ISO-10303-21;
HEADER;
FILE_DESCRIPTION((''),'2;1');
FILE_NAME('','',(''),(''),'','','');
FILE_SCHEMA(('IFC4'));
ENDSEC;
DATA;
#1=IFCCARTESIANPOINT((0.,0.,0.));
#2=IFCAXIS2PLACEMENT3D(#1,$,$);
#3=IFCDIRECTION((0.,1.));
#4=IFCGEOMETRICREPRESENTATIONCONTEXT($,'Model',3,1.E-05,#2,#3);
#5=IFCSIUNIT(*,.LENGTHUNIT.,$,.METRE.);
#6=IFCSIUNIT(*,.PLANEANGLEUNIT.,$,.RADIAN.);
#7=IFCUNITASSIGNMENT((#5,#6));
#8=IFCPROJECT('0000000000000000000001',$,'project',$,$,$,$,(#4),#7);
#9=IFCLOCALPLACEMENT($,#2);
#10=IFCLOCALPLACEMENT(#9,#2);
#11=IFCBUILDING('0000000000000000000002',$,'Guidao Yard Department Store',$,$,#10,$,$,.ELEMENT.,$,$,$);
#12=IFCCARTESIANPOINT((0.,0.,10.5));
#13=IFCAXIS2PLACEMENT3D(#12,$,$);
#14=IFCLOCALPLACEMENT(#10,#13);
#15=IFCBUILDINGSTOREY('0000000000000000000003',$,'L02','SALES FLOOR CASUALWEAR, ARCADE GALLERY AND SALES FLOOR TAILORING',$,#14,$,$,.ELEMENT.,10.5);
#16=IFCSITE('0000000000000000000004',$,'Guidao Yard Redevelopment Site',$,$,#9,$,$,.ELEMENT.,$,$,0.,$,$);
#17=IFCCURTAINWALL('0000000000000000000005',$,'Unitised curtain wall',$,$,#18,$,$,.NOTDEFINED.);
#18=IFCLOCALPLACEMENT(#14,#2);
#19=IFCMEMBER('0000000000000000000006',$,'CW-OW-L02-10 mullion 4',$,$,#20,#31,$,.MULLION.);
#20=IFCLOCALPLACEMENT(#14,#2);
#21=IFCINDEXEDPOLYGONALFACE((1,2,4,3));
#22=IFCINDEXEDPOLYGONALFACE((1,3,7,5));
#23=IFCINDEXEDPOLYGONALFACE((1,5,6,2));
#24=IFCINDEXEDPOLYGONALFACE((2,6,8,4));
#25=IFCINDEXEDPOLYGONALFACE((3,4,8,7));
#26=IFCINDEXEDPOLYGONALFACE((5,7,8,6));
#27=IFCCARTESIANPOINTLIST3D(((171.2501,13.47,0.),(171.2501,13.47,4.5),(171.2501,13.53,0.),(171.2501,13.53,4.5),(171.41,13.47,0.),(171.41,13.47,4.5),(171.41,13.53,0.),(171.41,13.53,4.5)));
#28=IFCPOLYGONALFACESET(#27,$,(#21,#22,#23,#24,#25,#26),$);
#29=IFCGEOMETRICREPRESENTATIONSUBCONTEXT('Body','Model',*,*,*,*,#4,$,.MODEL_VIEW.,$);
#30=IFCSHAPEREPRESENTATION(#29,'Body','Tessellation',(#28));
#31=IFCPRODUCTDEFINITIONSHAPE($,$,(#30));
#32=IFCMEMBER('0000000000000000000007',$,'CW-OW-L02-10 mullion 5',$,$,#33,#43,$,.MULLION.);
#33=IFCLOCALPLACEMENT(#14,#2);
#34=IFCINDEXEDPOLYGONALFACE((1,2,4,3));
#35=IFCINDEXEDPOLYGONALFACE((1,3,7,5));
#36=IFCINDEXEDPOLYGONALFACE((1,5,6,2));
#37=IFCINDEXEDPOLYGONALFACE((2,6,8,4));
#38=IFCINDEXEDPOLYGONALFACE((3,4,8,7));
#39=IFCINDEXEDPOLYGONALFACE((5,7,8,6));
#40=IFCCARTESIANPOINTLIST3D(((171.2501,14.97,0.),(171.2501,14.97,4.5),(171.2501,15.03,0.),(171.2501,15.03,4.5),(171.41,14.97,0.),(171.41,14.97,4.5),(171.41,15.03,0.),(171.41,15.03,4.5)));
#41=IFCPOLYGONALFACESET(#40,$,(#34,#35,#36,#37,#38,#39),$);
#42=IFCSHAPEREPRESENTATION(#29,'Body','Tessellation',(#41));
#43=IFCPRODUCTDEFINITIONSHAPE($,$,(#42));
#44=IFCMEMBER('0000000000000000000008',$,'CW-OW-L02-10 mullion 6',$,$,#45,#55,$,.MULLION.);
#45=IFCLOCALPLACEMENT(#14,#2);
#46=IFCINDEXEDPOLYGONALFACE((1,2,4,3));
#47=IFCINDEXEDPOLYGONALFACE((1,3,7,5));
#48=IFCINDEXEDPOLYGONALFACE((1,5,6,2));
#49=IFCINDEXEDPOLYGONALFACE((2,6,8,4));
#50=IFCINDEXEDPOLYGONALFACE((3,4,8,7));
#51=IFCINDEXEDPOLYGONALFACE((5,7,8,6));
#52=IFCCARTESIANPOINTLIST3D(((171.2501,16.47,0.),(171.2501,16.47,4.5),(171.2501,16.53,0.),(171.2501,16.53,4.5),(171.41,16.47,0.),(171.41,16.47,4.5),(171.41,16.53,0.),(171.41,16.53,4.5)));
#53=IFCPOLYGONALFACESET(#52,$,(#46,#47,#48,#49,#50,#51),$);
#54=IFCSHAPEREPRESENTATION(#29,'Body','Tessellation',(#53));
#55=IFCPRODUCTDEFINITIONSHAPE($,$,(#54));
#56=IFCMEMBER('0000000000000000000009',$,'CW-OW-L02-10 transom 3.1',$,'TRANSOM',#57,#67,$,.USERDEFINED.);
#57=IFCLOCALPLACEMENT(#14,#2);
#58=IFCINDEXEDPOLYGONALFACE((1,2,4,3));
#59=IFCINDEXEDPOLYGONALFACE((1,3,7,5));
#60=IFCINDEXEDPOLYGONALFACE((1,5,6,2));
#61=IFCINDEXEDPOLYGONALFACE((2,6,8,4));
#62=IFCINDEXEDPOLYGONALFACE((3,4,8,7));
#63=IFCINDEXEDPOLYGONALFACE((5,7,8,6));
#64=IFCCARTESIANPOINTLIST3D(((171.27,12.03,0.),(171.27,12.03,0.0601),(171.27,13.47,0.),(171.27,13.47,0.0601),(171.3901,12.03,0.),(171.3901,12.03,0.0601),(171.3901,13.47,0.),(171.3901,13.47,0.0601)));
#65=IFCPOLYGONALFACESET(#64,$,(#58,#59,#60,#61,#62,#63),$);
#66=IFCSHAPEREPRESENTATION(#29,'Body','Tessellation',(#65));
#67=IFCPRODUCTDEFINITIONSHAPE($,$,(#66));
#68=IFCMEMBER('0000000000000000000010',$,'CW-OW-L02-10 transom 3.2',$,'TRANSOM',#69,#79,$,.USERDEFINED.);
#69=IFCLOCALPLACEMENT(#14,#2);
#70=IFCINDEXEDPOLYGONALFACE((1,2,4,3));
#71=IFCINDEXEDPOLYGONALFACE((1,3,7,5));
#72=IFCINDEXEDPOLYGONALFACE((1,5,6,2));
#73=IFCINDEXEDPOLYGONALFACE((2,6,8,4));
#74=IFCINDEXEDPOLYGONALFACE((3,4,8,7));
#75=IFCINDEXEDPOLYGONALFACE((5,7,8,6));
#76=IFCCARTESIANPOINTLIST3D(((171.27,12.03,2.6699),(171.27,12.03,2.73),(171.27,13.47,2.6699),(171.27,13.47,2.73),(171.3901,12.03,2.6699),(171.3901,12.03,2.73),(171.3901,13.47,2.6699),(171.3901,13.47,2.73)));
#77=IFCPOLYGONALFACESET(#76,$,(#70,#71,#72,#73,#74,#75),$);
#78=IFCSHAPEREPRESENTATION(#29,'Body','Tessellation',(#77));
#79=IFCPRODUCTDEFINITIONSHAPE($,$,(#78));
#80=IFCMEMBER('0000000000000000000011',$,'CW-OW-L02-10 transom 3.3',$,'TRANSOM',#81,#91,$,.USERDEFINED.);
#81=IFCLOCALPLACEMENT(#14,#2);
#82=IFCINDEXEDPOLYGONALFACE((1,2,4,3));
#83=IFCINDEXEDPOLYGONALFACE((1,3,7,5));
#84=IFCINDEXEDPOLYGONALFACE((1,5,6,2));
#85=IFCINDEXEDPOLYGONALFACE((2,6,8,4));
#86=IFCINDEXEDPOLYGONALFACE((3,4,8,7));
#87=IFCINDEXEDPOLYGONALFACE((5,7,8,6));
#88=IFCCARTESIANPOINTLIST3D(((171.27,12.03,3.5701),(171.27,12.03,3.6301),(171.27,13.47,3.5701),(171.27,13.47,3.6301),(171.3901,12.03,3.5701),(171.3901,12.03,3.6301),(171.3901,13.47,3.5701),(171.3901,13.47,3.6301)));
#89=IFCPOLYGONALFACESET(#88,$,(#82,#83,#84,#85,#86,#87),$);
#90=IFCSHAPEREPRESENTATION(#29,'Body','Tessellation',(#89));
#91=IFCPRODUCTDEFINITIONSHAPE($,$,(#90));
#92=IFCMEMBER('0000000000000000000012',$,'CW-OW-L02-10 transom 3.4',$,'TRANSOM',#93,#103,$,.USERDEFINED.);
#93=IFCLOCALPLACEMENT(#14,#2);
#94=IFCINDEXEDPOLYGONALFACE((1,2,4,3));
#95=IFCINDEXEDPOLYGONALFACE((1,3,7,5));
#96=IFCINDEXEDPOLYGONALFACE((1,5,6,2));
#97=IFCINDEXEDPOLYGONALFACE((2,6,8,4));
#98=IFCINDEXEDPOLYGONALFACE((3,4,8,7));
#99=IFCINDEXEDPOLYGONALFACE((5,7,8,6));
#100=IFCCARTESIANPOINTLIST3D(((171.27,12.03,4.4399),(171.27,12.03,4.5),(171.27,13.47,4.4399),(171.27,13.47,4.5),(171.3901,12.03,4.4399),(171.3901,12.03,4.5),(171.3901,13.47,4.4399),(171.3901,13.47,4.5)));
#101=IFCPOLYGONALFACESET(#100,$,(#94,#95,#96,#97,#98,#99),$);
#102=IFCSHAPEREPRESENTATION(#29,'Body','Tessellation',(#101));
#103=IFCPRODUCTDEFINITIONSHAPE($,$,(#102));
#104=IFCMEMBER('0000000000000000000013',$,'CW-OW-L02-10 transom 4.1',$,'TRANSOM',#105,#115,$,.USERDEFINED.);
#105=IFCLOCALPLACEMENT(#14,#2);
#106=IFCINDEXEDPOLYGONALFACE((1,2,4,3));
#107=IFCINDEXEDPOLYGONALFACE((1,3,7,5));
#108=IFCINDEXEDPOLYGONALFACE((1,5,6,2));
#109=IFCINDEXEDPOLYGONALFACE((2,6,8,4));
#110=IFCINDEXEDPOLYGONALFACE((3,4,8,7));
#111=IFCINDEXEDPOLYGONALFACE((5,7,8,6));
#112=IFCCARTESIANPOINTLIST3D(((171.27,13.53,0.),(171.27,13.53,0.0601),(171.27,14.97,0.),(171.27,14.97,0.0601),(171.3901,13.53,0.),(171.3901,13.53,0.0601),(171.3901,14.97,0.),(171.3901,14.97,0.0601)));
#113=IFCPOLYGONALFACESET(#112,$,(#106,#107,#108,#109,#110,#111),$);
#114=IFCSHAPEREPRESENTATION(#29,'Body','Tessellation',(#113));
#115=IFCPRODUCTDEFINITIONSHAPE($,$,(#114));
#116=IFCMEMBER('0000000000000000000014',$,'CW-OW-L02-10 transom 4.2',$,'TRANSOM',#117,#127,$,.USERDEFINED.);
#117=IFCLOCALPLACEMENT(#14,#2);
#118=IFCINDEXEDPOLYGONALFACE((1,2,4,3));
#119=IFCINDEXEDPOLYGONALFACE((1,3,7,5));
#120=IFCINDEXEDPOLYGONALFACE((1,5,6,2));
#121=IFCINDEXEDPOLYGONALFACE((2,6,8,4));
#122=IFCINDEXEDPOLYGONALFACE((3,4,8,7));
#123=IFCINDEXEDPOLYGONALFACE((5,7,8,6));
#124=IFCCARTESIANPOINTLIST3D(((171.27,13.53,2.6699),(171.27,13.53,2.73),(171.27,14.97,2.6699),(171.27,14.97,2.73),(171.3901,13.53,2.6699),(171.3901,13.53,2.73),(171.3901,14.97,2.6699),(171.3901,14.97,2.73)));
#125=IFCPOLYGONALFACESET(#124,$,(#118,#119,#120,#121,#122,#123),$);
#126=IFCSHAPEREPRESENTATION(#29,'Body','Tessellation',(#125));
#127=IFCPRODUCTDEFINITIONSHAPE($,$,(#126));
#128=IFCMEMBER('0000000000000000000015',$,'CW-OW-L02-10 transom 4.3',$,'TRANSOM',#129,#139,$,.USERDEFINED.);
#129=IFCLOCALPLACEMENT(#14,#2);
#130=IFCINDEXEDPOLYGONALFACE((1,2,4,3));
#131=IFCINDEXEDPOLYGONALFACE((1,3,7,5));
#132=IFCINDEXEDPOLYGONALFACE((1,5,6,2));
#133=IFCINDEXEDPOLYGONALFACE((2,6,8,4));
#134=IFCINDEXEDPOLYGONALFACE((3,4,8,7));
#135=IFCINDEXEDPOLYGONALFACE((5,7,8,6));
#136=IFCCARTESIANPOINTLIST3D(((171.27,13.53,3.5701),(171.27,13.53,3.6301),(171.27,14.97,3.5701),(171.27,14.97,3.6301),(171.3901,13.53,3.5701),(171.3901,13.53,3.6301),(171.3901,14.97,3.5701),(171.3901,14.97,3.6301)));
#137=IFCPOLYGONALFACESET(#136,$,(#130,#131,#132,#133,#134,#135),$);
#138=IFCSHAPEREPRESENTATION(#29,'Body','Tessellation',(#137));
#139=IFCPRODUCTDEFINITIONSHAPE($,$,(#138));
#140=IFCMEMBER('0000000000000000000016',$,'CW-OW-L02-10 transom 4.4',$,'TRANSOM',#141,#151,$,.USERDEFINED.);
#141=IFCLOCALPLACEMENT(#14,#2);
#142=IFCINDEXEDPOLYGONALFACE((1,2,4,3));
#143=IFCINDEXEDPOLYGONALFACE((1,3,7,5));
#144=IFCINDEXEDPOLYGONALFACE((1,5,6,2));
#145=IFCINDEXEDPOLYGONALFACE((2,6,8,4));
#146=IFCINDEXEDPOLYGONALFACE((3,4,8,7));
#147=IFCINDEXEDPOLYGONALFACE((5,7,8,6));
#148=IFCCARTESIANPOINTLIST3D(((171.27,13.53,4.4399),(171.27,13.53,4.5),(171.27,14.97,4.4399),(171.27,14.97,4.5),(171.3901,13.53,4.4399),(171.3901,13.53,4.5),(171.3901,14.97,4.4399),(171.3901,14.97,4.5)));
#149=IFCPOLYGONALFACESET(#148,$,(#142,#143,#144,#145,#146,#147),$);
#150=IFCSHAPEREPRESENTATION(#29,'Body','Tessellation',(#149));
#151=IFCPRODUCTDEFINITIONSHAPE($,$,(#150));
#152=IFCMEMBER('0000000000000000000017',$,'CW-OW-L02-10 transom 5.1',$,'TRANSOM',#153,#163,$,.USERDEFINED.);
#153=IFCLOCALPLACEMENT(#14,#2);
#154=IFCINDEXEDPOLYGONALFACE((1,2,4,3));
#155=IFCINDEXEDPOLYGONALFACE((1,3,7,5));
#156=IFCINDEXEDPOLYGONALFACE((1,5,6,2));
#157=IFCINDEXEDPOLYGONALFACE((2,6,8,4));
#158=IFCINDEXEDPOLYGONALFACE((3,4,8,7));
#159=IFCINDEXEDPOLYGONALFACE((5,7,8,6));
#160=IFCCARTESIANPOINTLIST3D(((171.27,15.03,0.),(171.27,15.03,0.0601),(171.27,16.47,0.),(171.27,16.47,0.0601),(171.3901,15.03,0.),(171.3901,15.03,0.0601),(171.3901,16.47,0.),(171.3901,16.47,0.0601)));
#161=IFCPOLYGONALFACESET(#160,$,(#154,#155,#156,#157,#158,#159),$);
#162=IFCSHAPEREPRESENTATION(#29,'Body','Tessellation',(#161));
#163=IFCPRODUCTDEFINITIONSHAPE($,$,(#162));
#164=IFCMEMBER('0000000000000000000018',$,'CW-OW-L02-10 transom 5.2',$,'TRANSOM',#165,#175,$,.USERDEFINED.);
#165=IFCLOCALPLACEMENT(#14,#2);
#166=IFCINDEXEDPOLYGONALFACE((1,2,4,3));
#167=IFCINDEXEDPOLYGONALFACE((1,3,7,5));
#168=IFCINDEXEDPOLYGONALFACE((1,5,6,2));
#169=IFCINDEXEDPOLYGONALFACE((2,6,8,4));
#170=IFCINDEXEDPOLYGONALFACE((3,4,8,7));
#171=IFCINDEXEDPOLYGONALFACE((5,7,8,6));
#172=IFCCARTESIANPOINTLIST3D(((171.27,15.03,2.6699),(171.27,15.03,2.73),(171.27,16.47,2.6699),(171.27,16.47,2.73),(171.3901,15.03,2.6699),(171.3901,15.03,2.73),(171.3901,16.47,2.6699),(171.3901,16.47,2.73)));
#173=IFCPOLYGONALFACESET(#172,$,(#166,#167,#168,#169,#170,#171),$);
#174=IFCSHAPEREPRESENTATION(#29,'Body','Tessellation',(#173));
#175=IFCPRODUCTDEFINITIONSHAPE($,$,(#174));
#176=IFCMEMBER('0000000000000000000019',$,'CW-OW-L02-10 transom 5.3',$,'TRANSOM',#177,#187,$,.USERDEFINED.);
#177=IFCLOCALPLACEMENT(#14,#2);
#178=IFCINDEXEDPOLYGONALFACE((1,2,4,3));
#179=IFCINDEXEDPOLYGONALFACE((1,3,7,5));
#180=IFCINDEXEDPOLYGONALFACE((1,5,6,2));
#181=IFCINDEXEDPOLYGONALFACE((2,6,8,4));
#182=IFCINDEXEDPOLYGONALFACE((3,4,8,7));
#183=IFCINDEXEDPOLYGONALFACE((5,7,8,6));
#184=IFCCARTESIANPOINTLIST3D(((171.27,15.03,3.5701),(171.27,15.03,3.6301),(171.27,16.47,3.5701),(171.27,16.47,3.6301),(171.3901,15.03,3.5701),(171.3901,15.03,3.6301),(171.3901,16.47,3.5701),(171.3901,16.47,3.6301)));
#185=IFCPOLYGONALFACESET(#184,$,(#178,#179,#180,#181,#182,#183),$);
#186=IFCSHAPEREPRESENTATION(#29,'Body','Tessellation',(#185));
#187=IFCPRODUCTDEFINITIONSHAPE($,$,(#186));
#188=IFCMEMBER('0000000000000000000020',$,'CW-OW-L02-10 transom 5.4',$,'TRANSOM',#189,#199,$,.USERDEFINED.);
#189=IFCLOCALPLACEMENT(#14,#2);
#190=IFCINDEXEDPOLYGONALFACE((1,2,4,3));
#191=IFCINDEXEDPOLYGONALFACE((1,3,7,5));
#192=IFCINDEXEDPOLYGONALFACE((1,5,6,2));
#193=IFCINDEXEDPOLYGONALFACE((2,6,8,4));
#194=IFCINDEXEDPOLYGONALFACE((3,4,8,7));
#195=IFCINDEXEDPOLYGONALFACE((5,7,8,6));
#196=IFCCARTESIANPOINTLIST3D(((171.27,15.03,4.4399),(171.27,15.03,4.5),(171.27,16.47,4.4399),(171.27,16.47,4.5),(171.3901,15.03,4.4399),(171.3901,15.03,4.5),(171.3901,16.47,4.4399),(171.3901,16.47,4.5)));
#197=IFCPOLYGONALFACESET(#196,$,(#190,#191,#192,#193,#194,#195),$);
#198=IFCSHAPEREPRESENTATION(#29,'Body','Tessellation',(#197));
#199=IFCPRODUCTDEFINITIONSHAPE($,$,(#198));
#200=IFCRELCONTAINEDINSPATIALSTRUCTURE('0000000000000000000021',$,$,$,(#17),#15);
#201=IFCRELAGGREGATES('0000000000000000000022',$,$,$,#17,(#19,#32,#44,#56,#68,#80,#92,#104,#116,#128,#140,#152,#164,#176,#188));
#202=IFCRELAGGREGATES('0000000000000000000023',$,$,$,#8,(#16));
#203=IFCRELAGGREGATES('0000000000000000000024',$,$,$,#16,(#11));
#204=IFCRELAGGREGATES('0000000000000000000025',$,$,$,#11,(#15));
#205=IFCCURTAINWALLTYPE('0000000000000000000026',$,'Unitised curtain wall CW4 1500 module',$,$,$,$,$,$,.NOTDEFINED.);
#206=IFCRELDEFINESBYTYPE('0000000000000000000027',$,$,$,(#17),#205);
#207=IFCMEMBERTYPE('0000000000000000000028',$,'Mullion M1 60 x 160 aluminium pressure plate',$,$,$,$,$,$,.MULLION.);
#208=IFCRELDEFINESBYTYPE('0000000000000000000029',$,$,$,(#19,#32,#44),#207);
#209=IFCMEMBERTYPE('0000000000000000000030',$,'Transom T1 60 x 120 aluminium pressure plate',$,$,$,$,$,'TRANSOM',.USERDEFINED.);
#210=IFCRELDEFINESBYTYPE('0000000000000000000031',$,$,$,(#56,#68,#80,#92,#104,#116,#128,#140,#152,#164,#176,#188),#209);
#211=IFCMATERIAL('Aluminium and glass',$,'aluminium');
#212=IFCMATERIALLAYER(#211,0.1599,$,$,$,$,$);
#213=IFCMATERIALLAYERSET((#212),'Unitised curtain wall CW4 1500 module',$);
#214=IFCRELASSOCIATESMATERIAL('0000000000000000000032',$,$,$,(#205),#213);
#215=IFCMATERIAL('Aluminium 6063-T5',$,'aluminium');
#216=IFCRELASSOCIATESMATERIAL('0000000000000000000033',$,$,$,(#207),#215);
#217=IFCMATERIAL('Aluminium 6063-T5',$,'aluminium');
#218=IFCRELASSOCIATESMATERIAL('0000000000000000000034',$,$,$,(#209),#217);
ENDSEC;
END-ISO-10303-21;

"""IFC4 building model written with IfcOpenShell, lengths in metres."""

from ifc_helpers import new_model, si_unit, direction, frame, origin, origin_2d, place, context, subcontext, project, spatial, rectangle, extrude, material, layer, layer_set, material_profile, profile_set, type_object, element, aggregate, save


model = new_model("IFC4")

# Units and contexts
model_context = context("Model", 3, precision=1e-05, world=origin(), true_north=direction((0.0, 1.0)))
body_context = subcontext(model_context, "Body", "Model", "MODEL_VIEW")
ifc_project = project(units=[si_unit("LENGTHUNIT", "METRE"), si_unit("PLANEANGLEUNIT", "RADIAN")], contexts=[model_context])

# Site, building, storey
site_placement = place(None, origin())
site = spatial("IfcSite", under=ifc_project, at=site_placement, Name="Guidao Yard Redevelopment Site", CompositionType="ELEMENT", RefElevation=0.0)
building_placement = place(site_placement, origin())
building = spatial("IfcBuilding", under=site, at=building_placement, Name="Guidao Yard Department Store", CompositionType="ELEMENT")
storey_placement = place(building_placement, frame((0.0, 0.0, 10.5)))
storey = spatial("IfcBuildingStorey", under=building, at=storey_placement, Name="L02", Description="SALES FLOOR CASUALWEAR, ARCADE GALLERY AND SALES FLOOR TAILORING", CompositionType="ELEMENT", Elevation=10.5)

# Curtain wall, members
ifc_material_1 = material(Name="Aluminium and glass", Category="aluminium")
ifc_layer_1 = layer(ifc_material_1, 0.1599)
ifc_layer_set_1 = layer_set([ifc_layer_1], Name="Unitised curtain wall CW4 1500 module")
curtain_wall_type = type_object("IfcCurtainWallType", Name="Unitised curtain wall CW4 1500 module", PredefinedType="NOTDEFINED", material=ifc_layer_set_1)
curtain_wall_placement = place(storey_placement, origin())
curtain_wall = element("IfcCurtainWall", 1, at=curtain_wall_placement, inside=storey, type_object=curtain_wall_type, Name="Unitised curtain wall", PredefinedType="NOTDEFINED")
ifc_material_2 = material(Name="Aluminium 6063-T5", Category="aluminium")
ifc_material_profile_1 = material_profile(ifc_material_2, rectangle(XDim=0.0601, YDim=0.1599, at=origin_2d()), Name="Mullion M1 60 x 160 aluminium pressure plate")
ifc_profile_set_1 = profile_set([ifc_material_profile_1], Name="Aluminium 6063-T5")
member_type_1 = type_object("IfcMemberType", Name="Mullion M1 60 x 160 aluminium pressure plate", PredefinedType="MULLION", material=ifc_profile_set_1)
member_1_placement = place(storey_placement, frame((171.3301, 13.5, 0.0), z_axis=(0.0, 0.0, 1.0), x_axis=(0.0, -1.0, 0.0)))
member_1 = element("IfcMember", 2, at=member_1_placement, type_object=member_type_1, Name="CW-OW-L02-10 mullion 4", PredefinedType="MULLION", context=body_context, shape_type="SweptSolid", body=[
    extrude(rectangle(XDim=0.0601, YDim=0.1599, at=origin_2d()), origin(), (0.0, 0.0, 1.0), 4.5),
])
member_2_placement = place(storey_placement, frame((171.3301, 15.0, 0.0), z_axis=(0.0, 0.0, 1.0), x_axis=(0.0, -1.0, 0.0)))
member_2 = element("IfcMember", 3, at=member_2_placement, type_object=member_type_1, Name="CW-OW-L02-10 mullion 5", PredefinedType="MULLION", context=body_context, shape_type="SweptSolid", body=[
    extrude(rectangle(XDim=0.0601, YDim=0.1599, at=origin_2d()), origin(), (0.0, 0.0, 1.0), 4.5),
])
member_3_placement = place(storey_placement, frame((171.3301, 16.5, 0.0), z_axis=(0.0, 0.0, 1.0), x_axis=(0.0, -1.0, 0.0)))
member_3 = element("IfcMember", 4, at=member_3_placement, type_object=member_type_1, Name="CW-OW-L02-10 mullion 6", PredefinedType="MULLION", context=body_context, shape_type="SweptSolid", body=[
    extrude(rectangle(XDim=0.0601, YDim=0.1599, at=origin_2d()), origin(), (0.0, 0.0, 1.0), 4.5),
])
ifc_material_3 = material(Name="Aluminium 6063-T5", Category="aluminium")
ifc_material_profile_2 = material_profile(ifc_material_3, rectangle(XDim=0.1201, YDim=0.0601, at=origin_2d()), Name="Transom T1 60 x 120 aluminium pressure plate")
ifc_profile_set_2 = profile_set([ifc_material_profile_2], Name="Aluminium 6063-T5")
member_type_2 = type_object("IfcMemberType", Name="Transom T1 60 x 120 aluminium pressure plate", ElementType="TRANSOM", PredefinedType="USERDEFINED", material=ifc_profile_set_2)
member_4_placement = place(storey_placement, frame((171.3301, 13.47, 0.03), z_axis=(0.0, -1.0, 0.0), x_axis=(1.0, 0.0, 0.0)))
member_4 = element("IfcMember", 5, at=member_4_placement, type_object=member_type_2, Name="CW-OW-L02-10 transom 3.1", ObjectType="TRANSOM", PredefinedType="USERDEFINED", context=body_context, shape_type="SweptSolid", body=[
    extrude(rectangle(XDim=0.1201, YDim=0.0601, at=origin_2d()), origin(), (0.0, 0.0, 1.0), 1.4399),
])
member_5_placement = place(storey_placement, frame((171.3301, 13.47, 2.7), z_axis=(0.0, -1.0, 0.0), x_axis=(1.0, 0.0, 0.0)))
member_5 = element("IfcMember", 6, at=member_5_placement, type_object=member_type_2, Name="CW-OW-L02-10 transom 3.2", ObjectType="TRANSOM", PredefinedType="USERDEFINED", context=body_context, shape_type="SweptSolid", body=[
    extrude(rectangle(XDim=0.1201, YDim=0.0601, at=origin_2d()), origin(), (0.0, 0.0, 1.0), 1.4399),
])
member_6_placement = place(storey_placement, frame((171.3301, 13.47, 3.6001), z_axis=(0.0, -1.0, 0.0), x_axis=(1.0, 0.0, 0.0)))
member_6 = element("IfcMember", 7, at=member_6_placement, type_object=member_type_2, Name="CW-OW-L02-10 transom 3.3", ObjectType="TRANSOM", PredefinedType="USERDEFINED", context=body_context, shape_type="SweptSolid", body=[
    extrude(rectangle(XDim=0.1201, YDim=0.0601, at=origin_2d()), origin(), (0.0, 0.0, 1.0), 1.4399),
])
member_7_placement = place(storey_placement, frame((171.3301, 13.47, 4.47), z_axis=(0.0, -1.0, 0.0), x_axis=(1.0, 0.0, 0.0)))
member_7 = element("IfcMember", 8, at=member_7_placement, type_object=member_type_2, Name="CW-OW-L02-10 transom 3.4", ObjectType="TRANSOM", PredefinedType="USERDEFINED", context=body_context, shape_type="SweptSolid", body=[
    extrude(rectangle(XDim=0.1201, YDim=0.0601, at=origin_2d()), origin(), (0.0, 0.0, 1.0), 1.4399),
])
member_8_placement = place(storey_placement, frame((171.3301, 14.97, 0.03), z_axis=(0.0, -1.0, 0.0), x_axis=(1.0, 0.0, 0.0)))
member_8 = element("IfcMember", 9, at=member_8_placement, type_object=member_type_2, Name="CW-OW-L02-10 transom 4.1", ObjectType="TRANSOM", PredefinedType="USERDEFINED", context=body_context, shape_type="SweptSolid", body=[
    extrude(rectangle(XDim=0.1201, YDim=0.0601, at=origin_2d()), origin(), (0.0, 0.0, 1.0), 1.4399),
])
member_9_placement = place(storey_placement, frame((171.3301, 14.97, 2.7), z_axis=(0.0, -1.0, 0.0), x_axis=(1.0, 0.0, 0.0)))
member_9 = element("IfcMember", 10, at=member_9_placement, type_object=member_type_2, Name="CW-OW-L02-10 transom 4.2", ObjectType="TRANSOM", PredefinedType="USERDEFINED", context=body_context, shape_type="SweptSolid", body=[
    extrude(rectangle(XDim=0.1201, YDim=0.0601, at=origin_2d()), origin(), (0.0, 0.0, 1.0), 1.4399),
])
member_10_placement = place(storey_placement, frame((171.3301, 14.97, 3.6001), z_axis=(0.0, -1.0, 0.0), x_axis=(1.0, 0.0, 0.0)))
member_10 = element("IfcMember", 11, at=member_10_placement, type_object=member_type_2, Name="CW-OW-L02-10 transom 4.3", ObjectType="TRANSOM", PredefinedType="USERDEFINED", context=body_context, shape_type="SweptSolid", body=[
    extrude(rectangle(XDim=0.1201, YDim=0.0601, at=origin_2d()), origin(), (0.0, 0.0, 1.0), 1.4399),
])
member_11_placement = place(storey_placement, frame((171.3301, 14.97, 4.47), z_axis=(0.0, -1.0, 0.0), x_axis=(1.0, 0.0, 0.0)))
member_11 = element("IfcMember", 12, at=member_11_placement, type_object=member_type_2, Name="CW-OW-L02-10 transom 4.4", ObjectType="TRANSOM", PredefinedType="USERDEFINED", context=body_context, shape_type="SweptSolid", body=[
    extrude(rectangle(XDim=0.1201, YDim=0.0601, at=origin_2d()), origin(), (0.0, 0.0, 1.0), 1.4399),
])
member_12_placement = place(storey_placement, frame((171.3301, 16.47, 0.03), z_axis=(0.0, -1.0, 0.0), x_axis=(1.0, 0.0, 0.0)))
member_12 = element("IfcMember", 13, at=member_12_placement, type_object=member_type_2, Name="CW-OW-L02-10 transom 5.1", ObjectType="TRANSOM", PredefinedType="USERDEFINED", context=body_context, shape_type="SweptSolid", body=[
    extrude(rectangle(XDim=0.1201, YDim=0.0601, at=origin_2d()), origin(), (0.0, 0.0, 1.0), 1.4399),
])
member_13_placement = place(storey_placement, frame((171.3301, 16.47, 2.7), z_axis=(0.0, -1.0, 0.0), x_axis=(1.0, 0.0, 0.0)))
member_13 = element("IfcMember", 14, at=member_13_placement, type_object=member_type_2, Name="CW-OW-L02-10 transom 5.2", ObjectType="TRANSOM", PredefinedType="USERDEFINED", context=body_context, shape_type="SweptSolid", body=[
    extrude(rectangle(XDim=0.1201, YDim=0.0601, at=origin_2d()), origin(), (0.0, 0.0, 1.0), 1.4399),
])
member_14_placement = place(storey_placement, frame((171.3301, 16.47, 3.6001), z_axis=(0.0, -1.0, 0.0), x_axis=(1.0, 0.0, 0.0)))
member_14 = element("IfcMember", 15, at=member_14_placement, type_object=member_type_2, Name="CW-OW-L02-10 transom 5.3", ObjectType="TRANSOM", PredefinedType="USERDEFINED", context=body_context, shape_type="SweptSolid", body=[
    extrude(rectangle(XDim=0.1201, YDim=0.0601, at=origin_2d()), origin(), (0.0, 0.0, 1.0), 1.4399),
])
member_15_placement = place(storey_placement, frame((171.3301, 16.47, 4.47), z_axis=(0.0, -1.0, 0.0), x_axis=(1.0, 0.0, 0.0)))
member_15 = element("IfcMember", 16, at=member_15_placement, type_object=member_type_2, Name="CW-OW-L02-10 transom 5.4", ObjectType="TRANSOM", PredefinedType="USERDEFINED", context=body_context, shape_type="SweptSolid", body=[
    extrude(rectangle(XDim=0.1201, YDim=0.0601, at=origin_2d()), origin(), (0.0, 0.0, 1.0), 1.4399),
])
aggregate(curtain_wall, [member_1, member_2, member_3, member_4, member_5, member_6, member_7, member_8, member_9, member_10, member_11, member_12, member_13, member_14, member_15])

save(model, "model.ifc")
